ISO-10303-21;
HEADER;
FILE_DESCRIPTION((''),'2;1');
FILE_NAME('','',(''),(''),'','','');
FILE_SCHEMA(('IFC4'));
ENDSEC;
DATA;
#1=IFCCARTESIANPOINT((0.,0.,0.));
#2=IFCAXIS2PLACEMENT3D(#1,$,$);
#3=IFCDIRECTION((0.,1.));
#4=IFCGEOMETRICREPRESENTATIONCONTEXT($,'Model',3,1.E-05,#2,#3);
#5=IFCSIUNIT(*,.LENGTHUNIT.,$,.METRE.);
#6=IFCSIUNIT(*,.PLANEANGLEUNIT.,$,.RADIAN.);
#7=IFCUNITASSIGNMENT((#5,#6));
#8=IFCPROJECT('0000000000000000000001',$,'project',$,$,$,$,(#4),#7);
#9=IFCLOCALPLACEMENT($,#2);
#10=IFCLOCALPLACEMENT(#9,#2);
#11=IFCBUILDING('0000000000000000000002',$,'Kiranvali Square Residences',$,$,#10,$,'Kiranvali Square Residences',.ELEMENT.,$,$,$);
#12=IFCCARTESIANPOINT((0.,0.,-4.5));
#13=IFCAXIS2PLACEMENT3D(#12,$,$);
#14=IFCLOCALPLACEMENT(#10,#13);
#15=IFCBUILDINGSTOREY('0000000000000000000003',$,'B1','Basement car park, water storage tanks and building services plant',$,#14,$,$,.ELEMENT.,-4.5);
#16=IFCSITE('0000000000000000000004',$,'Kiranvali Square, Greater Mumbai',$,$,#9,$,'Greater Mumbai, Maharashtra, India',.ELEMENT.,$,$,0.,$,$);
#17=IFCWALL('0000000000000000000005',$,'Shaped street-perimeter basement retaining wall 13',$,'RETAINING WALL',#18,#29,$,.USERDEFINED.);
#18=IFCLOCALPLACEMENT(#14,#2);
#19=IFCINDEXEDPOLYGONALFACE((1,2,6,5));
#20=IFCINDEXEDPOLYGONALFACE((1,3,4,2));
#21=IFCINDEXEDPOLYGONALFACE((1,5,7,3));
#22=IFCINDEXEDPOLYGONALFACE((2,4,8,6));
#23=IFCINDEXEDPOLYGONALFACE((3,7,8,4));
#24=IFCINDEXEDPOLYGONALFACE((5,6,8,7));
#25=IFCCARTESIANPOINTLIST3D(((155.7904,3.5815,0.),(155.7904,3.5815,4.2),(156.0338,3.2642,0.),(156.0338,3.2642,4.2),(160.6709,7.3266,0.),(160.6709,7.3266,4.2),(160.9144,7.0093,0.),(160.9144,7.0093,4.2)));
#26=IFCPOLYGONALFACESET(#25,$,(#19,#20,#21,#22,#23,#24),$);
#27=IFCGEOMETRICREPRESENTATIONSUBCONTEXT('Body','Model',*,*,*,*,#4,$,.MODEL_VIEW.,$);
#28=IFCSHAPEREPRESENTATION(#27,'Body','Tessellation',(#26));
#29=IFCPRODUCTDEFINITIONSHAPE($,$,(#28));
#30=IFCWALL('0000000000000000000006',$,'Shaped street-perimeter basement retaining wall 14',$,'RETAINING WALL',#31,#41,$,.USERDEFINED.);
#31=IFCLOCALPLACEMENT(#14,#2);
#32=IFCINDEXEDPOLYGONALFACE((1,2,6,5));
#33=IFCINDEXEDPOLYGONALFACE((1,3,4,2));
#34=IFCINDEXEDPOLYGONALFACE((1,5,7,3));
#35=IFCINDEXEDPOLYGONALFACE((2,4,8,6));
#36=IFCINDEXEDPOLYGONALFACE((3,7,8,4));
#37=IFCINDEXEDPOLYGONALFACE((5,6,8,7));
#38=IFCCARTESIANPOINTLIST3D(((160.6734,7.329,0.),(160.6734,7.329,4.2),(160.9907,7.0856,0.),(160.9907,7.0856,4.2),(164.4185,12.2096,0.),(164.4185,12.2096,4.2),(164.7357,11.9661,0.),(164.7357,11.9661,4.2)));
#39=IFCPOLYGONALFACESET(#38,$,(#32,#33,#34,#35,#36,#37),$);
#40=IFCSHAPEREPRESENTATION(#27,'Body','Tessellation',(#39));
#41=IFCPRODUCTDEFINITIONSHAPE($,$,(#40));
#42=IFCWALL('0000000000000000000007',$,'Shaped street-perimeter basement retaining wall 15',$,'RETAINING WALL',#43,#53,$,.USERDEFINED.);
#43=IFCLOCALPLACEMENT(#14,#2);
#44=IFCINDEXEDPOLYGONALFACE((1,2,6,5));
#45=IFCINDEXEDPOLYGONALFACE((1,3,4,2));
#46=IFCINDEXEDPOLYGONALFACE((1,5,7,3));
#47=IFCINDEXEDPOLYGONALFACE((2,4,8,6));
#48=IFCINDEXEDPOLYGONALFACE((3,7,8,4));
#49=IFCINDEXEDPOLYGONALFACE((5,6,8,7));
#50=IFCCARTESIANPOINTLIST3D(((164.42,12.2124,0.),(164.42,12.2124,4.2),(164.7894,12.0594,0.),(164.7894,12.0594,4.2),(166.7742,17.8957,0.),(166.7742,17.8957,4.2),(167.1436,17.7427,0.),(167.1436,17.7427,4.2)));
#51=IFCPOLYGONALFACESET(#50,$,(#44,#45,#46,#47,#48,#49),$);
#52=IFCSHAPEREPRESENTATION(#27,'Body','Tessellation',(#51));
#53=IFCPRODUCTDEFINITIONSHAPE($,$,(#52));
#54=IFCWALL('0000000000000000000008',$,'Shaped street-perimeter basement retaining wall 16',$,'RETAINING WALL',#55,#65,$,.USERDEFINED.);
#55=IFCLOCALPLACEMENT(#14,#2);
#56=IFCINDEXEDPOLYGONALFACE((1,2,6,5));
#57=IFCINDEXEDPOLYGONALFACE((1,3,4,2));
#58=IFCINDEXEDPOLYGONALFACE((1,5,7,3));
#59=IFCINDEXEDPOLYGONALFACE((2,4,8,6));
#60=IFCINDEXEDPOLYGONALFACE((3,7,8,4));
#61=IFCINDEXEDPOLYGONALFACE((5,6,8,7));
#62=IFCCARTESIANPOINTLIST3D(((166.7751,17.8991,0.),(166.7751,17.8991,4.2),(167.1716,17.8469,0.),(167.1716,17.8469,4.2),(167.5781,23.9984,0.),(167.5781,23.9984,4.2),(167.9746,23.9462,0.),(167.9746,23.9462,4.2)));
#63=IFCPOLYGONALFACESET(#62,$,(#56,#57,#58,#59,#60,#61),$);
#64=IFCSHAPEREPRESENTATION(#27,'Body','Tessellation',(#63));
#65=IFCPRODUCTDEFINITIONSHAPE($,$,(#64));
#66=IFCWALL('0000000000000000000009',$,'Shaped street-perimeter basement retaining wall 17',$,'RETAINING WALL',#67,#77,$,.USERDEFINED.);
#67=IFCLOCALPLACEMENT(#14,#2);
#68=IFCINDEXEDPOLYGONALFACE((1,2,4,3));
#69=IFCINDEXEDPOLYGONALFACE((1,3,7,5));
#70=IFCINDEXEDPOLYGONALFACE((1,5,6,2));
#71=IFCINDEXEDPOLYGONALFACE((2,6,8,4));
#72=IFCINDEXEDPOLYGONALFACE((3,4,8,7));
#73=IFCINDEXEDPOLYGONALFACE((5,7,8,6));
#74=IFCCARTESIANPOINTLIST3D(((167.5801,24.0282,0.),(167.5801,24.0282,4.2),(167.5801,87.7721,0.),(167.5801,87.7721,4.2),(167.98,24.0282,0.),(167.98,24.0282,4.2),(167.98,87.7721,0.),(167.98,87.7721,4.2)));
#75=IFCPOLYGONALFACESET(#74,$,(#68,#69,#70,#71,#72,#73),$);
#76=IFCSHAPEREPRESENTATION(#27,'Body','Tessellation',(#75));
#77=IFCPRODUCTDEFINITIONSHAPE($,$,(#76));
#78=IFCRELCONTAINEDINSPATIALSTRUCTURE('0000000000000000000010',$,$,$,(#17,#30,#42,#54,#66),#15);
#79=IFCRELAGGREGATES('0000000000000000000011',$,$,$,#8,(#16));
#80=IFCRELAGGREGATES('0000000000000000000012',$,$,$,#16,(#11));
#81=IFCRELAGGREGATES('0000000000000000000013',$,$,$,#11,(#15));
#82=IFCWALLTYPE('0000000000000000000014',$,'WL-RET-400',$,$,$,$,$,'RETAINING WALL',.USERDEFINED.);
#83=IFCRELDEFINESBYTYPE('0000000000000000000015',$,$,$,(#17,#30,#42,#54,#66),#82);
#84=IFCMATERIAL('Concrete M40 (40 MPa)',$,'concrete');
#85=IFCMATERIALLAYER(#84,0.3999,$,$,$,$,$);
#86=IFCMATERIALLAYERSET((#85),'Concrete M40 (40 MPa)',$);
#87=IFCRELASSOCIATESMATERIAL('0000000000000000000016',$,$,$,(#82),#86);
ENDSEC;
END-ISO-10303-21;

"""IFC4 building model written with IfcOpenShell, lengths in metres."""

from ifc_helpers import new_model, si_unit, direction, frame, frame_2d, origin, place, context, subcontext, project, spatial, rectangle, extrude, material, layer, layer_set, type_object, element, save


model = new_model("IFC4")

# Units and contexts
model_context = context("Model", 3, precision=1e-05, world=origin(), true_north=direction((0.0, 1.0)))
body_context = subcontext(model_context, "Body", "Model", "MODEL_VIEW")
ifc_project = project(units=[si_unit("LENGTHUNIT", "METRE"), si_unit("PLANEANGLEUNIT", "RADIAN")], contexts=[model_context])

# Site, building, storey
site_placement = place(None, origin())
site = spatial("IfcSite", under=ifc_project, at=site_placement, Name="Kiranvali Square, Greater Mumbai", LongName="Greater Mumbai, Maharashtra, India", CompositionType="ELEMENT", RefElevation=0.0)
building_placement = place(site_placement, origin())
building = spatial("IfcBuilding", under=site, at=building_placement, Name="Kiranvali Square Residences", LongName="Kiranvali Square Residences", CompositionType="ELEMENT")
storey_placement = place(building_placement, frame((0.0, 0.0, -4.5)))
storey = spatial("IfcBuildingStorey", under=building, at=storey_placement, Name="B1", Description="Basement car park, water storage tanks and building services plant", CompositionType="ELEMENT", Elevation=-4.5)

# Shared definitions
ifc_material_1 = material(Name="Concrete M40 (40 MPa)", Category="concrete")

# Walls
ifc_layer_1 = layer(ifc_material_1, 0.3999)
ifc_layer_set_1 = layer_set([ifc_layer_1], Name="Concrete M40 (40 MPa)")
wall_type = type_object("IfcWallType", Name="WL-RET-400", ElementType="RETAINING WALL", PredefinedType="USERDEFINED", material=ifc_layer_set_1)
for number, where, z_axis, x_axis, name in (
    (1, (155.9121, 3.4229, 0.0), (0.0, 0.0, 1.0), (0.793346, 0.608771, 0.0), "Shaped street-perimeter basement retaining wall 13"),
    (2, (160.832, 7.2073, 0.0), (0.0, 0.0, 1.0), (0.608771, 0.793346, 0.0), "Shaped street-perimeter basement retaining wall 14"),
):
    element("IfcWall", number, at=place(storey_placement, frame(where, z_axis=z_axis, x_axis=x_axis)), inside=storey, type_object=wall_type, Name=name, ObjectType="RETAINING WALL", PredefinedType="USERDEFINED", context=body_context, shape_type="SweptSolid", body=[
        extrude(rectangle(XDim=6.1519, YDim=0.3999, at=frame_2d((3.0759, 0.0))), origin(), (0.0, 0.0, 1.0), 4.2),
    ])
wall_1_placement = place(storey_placement, frame((164.6047, 12.136, 0.0), z_axis=(0.0, 0.0, 1.0), x_axis=(0.382701, 0.923872, 0.0)))
element("IfcWall", 3, at=wall_1_placement, inside=storey, type_object=wall_type, Name="Shaped street-perimeter basement retaining wall 15", ObjectType="RETAINING WALL", PredefinedType="USERDEFINED", context=body_context, shape_type="SweptSolid", body=[
    extrude(rectangle(XDim=6.1516, YDim=0.3999, at=frame_2d((3.0757, 0.0))), origin(), (0.0, 0.0, 1.0), 4.2),
])
wall_2_placement = place(storey_placement, frame((166.9734, 17.873, 0.0), z_axis=(0.0, 0.0, 1.0), x_axis=(0.130528, 0.991445, 0.0)))
element("IfcWall", 4, at=wall_2_placement, inside=storey, type_object=wall_type, Name="Shaped street-perimeter basement retaining wall 16", ObjectType="RETAINING WALL", PredefinedType="USERDEFINED", context=body_context, shape_type="SweptSolid", body=[
    extrude(rectangle(XDim=6.1519, YDim=0.3999, at=frame_2d((3.0759, 0.0))), origin(), (0.0, 0.0, 1.0), 4.2),
])
wall_3_placement = place(storey_placement, frame((167.78, 24.0281, 0.0), z_axis=(0.0, 0.0, 1.0), x_axis=(0.0, 1.0, 0.0)))
element("IfcWall", 5, at=wall_3_placement, inside=storey, type_object=wall_type, Name="Shaped street-perimeter basement retaining wall 17", ObjectType="RETAINING WALL", PredefinedType="USERDEFINED", context=body_context, shape_type="SweptSolid", body=[
    extrude(rectangle(XDim=63.7439, YDim=0.3999, at=frame_2d((31.8721, 0.0))), origin(), (0.0, 0.0, 1.0), 4.2),
])

save(model, "model.ifc")
